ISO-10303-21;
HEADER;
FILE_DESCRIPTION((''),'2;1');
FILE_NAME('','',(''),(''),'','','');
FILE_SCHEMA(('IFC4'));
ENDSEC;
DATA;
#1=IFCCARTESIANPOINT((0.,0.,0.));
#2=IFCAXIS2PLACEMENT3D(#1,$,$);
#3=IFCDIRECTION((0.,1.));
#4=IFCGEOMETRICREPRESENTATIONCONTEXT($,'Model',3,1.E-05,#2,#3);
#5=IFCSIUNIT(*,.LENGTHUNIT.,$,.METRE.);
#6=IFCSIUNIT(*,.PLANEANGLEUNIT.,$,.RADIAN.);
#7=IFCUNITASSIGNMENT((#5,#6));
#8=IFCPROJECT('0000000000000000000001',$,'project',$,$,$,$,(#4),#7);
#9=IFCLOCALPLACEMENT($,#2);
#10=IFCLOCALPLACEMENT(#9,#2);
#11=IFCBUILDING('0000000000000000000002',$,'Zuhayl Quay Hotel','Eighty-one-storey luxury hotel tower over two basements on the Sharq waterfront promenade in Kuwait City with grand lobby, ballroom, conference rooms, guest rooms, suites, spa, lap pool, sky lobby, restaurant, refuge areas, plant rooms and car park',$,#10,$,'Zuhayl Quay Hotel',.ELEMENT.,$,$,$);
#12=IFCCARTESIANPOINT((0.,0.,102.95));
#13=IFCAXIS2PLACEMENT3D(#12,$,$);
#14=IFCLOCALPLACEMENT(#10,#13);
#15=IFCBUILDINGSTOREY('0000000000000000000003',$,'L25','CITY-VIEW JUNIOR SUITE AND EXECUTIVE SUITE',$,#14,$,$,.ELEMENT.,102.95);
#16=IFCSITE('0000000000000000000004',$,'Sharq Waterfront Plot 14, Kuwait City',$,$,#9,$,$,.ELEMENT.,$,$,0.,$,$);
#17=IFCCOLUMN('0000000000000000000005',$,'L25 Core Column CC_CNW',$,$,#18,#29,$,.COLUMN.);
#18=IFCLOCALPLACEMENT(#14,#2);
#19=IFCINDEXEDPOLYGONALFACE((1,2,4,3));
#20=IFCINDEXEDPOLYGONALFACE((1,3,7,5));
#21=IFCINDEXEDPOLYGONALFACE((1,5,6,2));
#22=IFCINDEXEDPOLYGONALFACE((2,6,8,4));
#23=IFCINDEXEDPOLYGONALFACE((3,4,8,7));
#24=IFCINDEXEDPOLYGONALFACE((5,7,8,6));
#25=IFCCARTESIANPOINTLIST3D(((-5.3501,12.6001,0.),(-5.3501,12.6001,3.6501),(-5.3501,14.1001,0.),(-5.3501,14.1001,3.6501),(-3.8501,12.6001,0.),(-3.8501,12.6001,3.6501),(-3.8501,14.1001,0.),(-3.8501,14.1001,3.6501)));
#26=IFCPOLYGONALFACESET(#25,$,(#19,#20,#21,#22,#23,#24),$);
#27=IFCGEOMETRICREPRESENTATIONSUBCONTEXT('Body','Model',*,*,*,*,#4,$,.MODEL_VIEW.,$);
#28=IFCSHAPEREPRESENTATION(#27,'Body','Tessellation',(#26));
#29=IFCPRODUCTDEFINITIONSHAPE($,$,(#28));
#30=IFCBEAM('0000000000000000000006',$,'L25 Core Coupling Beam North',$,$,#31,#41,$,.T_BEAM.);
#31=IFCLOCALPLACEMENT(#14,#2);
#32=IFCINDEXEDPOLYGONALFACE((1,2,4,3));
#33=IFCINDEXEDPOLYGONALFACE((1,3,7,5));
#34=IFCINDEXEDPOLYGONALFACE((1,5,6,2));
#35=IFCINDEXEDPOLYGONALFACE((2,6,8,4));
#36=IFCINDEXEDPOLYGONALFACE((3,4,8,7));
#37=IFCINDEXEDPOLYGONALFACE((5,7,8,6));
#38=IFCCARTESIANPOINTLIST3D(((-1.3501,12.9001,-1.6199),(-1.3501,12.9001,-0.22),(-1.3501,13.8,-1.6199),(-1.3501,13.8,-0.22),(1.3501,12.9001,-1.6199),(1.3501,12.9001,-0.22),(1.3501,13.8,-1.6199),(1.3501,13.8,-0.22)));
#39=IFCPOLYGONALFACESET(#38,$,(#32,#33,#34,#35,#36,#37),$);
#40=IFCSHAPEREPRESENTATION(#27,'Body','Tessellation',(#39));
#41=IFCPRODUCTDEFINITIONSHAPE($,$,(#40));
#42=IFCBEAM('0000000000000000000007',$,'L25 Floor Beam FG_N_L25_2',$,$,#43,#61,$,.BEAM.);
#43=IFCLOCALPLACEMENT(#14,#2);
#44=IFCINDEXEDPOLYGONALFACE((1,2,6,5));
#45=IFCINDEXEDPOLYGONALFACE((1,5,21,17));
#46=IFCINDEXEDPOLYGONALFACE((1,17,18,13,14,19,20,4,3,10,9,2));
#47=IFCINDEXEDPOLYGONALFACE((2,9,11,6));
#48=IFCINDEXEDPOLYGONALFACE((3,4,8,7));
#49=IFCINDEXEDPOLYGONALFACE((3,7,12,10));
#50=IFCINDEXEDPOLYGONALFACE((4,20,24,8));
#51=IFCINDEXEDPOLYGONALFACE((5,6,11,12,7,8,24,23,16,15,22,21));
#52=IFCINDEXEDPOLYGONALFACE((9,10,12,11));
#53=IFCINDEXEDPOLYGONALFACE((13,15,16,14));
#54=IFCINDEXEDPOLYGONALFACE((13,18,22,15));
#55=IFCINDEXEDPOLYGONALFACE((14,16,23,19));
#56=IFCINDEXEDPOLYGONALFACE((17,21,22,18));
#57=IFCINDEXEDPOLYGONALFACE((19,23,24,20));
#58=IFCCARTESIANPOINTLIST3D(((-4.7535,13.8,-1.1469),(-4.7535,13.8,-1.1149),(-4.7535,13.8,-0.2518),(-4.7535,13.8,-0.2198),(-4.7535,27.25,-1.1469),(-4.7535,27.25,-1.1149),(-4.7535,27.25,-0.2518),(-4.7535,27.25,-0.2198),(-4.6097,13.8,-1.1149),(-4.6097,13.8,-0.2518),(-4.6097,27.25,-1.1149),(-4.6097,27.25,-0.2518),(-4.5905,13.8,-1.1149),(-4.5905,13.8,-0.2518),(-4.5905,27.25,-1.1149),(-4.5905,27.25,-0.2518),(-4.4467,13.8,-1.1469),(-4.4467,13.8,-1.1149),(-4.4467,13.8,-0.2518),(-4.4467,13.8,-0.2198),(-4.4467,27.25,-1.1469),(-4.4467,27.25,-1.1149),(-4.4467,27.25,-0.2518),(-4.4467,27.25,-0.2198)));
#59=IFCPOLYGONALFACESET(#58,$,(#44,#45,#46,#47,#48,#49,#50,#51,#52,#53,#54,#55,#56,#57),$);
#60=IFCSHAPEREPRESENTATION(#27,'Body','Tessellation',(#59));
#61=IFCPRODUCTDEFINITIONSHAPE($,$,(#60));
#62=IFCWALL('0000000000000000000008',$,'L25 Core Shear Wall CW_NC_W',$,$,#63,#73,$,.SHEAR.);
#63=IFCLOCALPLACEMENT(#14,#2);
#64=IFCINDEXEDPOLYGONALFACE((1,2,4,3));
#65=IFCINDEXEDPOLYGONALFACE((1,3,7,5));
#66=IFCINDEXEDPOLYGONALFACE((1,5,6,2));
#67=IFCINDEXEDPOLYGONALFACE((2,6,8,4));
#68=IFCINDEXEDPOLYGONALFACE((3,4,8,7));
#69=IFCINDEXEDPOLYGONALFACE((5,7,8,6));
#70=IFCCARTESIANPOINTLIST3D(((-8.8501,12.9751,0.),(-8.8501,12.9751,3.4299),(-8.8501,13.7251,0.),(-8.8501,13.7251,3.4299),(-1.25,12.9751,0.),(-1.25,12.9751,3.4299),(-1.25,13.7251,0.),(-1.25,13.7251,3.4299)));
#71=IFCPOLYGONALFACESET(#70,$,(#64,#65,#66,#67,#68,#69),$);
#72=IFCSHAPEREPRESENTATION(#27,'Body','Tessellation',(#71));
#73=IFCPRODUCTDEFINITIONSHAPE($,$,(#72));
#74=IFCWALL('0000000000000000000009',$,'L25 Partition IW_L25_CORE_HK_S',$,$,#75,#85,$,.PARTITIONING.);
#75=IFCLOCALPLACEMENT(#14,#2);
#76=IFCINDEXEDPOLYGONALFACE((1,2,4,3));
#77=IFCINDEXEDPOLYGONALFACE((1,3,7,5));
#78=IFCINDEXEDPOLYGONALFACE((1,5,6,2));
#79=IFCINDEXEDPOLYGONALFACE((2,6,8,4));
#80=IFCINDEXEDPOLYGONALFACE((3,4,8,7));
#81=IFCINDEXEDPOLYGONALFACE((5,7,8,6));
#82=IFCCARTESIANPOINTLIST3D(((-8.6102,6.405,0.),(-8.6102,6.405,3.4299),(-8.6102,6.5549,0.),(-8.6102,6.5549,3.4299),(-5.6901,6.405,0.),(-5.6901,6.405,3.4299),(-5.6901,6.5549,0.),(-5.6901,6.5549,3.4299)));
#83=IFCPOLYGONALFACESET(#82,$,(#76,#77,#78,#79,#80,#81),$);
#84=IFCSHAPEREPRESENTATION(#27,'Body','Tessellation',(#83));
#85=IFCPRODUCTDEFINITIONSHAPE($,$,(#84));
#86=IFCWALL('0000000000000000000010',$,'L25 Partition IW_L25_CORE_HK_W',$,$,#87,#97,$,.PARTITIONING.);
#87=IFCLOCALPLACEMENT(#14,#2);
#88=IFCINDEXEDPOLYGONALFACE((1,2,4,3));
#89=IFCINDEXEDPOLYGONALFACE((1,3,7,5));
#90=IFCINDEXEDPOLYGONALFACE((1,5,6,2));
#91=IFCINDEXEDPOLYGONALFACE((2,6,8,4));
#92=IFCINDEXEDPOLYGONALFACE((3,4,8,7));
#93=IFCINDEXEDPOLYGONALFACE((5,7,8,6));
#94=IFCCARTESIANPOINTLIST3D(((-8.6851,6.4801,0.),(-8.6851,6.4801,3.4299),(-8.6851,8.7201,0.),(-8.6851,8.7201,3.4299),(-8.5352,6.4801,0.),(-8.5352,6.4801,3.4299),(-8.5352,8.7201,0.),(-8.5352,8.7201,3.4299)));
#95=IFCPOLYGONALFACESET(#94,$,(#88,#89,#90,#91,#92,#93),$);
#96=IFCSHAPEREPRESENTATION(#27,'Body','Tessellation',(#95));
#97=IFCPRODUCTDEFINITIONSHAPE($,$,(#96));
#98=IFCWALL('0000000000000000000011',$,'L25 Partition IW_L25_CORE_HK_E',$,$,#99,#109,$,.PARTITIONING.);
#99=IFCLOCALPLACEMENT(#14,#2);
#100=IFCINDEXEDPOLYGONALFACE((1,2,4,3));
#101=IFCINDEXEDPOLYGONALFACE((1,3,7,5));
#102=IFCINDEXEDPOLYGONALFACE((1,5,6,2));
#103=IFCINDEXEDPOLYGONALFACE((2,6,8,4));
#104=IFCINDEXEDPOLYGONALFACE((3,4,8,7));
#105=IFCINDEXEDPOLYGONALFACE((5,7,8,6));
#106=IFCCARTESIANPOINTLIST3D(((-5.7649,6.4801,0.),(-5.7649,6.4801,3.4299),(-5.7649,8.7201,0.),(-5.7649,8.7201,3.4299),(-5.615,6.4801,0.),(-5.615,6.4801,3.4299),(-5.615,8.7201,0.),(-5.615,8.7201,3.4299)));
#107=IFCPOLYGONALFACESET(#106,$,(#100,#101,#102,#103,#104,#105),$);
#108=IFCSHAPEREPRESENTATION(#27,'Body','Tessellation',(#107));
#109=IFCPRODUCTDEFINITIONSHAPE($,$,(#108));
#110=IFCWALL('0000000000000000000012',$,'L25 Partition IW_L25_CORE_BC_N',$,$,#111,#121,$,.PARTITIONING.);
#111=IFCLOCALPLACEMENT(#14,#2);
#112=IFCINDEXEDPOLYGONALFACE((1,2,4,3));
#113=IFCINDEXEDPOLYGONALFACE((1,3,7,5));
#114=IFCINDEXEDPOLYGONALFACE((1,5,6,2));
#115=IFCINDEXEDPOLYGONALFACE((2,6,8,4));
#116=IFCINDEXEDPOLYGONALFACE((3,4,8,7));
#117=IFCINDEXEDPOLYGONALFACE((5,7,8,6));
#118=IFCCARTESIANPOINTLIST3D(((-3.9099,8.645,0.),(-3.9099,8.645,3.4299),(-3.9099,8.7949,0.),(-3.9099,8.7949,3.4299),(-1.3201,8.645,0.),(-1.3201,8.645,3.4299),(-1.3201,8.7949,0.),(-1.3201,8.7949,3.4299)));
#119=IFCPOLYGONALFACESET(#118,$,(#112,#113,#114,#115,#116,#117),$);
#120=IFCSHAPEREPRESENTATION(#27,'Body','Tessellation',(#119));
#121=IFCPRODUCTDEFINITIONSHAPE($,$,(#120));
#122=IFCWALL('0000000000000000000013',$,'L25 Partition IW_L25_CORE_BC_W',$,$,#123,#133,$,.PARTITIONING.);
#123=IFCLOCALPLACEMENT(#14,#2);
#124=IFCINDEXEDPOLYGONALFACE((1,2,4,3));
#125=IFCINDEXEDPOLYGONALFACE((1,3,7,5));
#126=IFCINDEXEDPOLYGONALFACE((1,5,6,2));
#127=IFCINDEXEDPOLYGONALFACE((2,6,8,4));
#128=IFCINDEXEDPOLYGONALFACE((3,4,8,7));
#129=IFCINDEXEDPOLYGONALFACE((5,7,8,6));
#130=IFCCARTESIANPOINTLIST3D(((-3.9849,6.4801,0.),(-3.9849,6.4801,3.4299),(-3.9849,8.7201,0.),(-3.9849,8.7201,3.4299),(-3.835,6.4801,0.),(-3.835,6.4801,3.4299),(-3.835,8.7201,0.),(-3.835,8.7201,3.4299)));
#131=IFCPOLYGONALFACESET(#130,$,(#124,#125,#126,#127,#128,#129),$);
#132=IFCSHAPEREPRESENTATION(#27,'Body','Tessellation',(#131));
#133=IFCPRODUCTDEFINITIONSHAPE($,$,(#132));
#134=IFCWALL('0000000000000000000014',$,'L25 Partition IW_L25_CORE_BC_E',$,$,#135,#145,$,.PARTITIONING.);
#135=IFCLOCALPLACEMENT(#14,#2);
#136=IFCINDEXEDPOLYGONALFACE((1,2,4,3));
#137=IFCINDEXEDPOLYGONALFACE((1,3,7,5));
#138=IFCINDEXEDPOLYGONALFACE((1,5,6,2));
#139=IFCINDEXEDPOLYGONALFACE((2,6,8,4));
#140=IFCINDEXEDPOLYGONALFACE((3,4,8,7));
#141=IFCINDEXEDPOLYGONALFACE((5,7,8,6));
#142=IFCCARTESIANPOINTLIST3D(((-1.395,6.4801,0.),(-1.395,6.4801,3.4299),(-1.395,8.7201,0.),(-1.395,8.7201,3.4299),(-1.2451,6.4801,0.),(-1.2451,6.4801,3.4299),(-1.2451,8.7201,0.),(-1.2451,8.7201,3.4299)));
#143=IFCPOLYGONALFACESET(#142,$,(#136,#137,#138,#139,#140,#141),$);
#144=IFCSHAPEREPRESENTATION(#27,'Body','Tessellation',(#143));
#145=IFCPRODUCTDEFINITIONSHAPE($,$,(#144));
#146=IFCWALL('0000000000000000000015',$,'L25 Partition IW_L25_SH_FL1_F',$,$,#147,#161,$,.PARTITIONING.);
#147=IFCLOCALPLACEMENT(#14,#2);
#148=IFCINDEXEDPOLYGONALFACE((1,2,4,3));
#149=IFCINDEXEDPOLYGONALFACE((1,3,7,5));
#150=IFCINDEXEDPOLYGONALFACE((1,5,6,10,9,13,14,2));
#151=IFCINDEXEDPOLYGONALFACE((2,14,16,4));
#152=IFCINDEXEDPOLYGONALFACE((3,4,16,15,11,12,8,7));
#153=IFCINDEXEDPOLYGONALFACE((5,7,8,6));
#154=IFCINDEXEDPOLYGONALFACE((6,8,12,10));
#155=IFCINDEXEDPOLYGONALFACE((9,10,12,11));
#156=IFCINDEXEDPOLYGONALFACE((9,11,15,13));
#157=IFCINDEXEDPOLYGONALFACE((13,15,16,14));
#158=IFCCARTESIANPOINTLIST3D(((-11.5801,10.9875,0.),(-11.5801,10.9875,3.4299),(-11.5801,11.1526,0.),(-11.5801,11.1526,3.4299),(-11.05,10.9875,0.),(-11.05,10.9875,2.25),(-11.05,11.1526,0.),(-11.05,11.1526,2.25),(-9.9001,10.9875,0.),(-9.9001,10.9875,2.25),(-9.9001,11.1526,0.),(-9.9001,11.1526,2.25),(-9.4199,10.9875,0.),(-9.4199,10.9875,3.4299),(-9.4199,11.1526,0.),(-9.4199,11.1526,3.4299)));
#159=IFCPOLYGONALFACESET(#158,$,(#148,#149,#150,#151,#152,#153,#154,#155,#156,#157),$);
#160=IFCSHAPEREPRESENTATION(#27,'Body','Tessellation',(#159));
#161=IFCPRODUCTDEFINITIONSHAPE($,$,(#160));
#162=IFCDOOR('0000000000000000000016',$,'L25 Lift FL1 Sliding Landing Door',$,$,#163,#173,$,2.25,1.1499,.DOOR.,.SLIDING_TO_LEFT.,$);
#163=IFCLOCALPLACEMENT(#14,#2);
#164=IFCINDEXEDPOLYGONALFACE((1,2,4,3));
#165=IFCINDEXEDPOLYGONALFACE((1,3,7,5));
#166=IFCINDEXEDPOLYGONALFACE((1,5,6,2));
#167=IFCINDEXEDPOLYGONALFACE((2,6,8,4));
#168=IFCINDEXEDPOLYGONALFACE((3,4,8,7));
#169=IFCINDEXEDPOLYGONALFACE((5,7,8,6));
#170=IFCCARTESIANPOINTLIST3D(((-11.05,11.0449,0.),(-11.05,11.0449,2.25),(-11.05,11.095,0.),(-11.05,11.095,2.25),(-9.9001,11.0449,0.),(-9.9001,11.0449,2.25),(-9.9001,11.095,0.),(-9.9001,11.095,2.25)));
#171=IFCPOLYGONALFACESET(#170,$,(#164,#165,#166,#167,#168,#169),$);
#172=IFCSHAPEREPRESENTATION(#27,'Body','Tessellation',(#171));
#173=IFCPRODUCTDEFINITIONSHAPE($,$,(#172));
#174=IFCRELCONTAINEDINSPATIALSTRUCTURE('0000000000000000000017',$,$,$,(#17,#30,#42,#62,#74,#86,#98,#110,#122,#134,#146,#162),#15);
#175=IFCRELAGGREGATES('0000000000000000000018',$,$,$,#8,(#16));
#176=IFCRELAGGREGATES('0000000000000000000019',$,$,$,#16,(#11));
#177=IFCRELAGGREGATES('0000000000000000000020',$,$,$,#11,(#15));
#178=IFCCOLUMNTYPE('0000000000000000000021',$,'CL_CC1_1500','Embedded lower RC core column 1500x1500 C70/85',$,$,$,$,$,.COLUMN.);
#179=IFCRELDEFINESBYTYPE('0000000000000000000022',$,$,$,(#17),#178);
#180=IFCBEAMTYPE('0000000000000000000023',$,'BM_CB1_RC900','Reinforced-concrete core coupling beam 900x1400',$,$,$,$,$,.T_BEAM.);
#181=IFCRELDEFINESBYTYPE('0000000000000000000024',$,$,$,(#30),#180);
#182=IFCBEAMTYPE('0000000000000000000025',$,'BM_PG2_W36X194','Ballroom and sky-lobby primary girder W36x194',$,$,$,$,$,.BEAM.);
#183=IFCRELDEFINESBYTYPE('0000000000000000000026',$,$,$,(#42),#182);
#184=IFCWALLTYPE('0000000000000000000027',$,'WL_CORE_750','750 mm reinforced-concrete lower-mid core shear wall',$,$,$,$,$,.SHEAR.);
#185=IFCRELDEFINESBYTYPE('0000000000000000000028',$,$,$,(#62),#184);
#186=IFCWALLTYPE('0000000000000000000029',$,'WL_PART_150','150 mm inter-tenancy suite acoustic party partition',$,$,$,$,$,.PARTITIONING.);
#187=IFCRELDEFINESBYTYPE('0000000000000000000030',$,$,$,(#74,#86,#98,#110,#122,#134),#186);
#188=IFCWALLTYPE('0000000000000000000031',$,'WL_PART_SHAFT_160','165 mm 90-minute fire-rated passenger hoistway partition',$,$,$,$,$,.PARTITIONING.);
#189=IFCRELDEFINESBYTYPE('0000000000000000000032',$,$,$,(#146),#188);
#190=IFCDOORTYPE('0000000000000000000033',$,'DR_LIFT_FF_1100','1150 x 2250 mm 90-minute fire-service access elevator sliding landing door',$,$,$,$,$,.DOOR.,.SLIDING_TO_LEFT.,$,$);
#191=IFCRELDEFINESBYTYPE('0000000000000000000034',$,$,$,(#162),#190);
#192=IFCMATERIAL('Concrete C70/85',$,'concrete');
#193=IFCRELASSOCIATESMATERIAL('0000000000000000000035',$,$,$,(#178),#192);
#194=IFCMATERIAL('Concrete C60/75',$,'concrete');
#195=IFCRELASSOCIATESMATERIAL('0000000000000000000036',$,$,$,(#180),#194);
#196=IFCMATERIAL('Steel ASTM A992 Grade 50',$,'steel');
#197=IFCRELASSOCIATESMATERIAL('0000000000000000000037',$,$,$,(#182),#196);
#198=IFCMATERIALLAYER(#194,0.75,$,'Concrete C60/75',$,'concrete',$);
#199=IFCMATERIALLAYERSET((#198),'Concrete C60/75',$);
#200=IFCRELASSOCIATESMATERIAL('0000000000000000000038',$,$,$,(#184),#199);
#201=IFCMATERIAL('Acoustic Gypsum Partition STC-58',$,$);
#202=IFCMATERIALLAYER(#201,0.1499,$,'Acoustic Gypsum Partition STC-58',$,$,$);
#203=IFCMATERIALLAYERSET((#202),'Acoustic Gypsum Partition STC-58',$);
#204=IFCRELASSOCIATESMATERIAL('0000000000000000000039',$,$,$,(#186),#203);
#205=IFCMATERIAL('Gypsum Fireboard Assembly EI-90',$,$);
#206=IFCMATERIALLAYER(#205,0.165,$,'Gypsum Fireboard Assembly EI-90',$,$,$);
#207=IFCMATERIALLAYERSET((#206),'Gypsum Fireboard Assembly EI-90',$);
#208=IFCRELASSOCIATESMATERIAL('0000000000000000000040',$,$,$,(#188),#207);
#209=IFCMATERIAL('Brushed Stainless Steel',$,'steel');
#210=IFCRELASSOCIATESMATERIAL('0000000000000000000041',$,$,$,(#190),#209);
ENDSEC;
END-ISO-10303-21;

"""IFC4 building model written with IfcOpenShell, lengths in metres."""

from ifc_helpers import new_model, si_unit, direction, frame, frame_2d, origin, origin_2d, place, context, subcontext, project, spatial, rectangle, i_section, extrude, material, layer, layer_set, material_profile, profile_set, type_object, element, fill, save


model = new_model("IFC4")

# Units and contexts
model_context = context("Model", 3, precision=1e-05, world=origin(), true_north=direction((0.0, 1.0)))
body_context = subcontext(model_context, "Body", "Model", "MODEL_VIEW")
ifc_project = project(units=[si_unit("LENGTHUNIT", "METRE"), si_unit("PLANEANGLEUNIT", "RADIAN")], contexts=[model_context])

# Site, building, storey
site_placement = place(None, origin())
site = spatial("IfcSite", under=ifc_project, at=site_placement, Name="Sharq Waterfront Plot 14, Kuwait City", CompositionType="ELEMENT", RefElevation=0.0)
building_placement = place(site_placement, origin())
building = spatial("IfcBuilding", under=site, at=building_placement, Name="Zuhayl Quay Hotel", Description="Eighty-one-storey luxury hotel tower over two basements on the Sharq waterfront promenade in Kuwait City with grand lobby, ballroom, conference rooms, guest rooms, suites, spa, lap pool, sky lobby, restaurant, refuge areas, plant rooms and car park", LongName="Zuhayl Quay Hotel", CompositionType="ELEMENT")
storey_placement = place(building_placement, frame((0.0, 0.0, 102.95)))
storey = spatial("IfcBuildingStorey", under=building, at=storey_placement, Name="L25", Description="CITY-VIEW JUNIOR SUITE AND EXECUTIVE SUITE", CompositionType="ELEMENT", Elevation=102.95)

# Column
ifc_material_1 = material(Name="Concrete C70/85", Category="concrete")
ifc_material_profile_1 = material_profile(ifc_material_1, rectangle(XDim=1.5, YDim=1.5, at=origin_2d()), Name="RC1500X1500")
ifc_profile_set_1 = profile_set([ifc_material_profile_1], Name="Concrete C70/85")
column_type = type_object("IfcColumnType", Name="CL_CC1_1500", Description="Embedded lower RC core column 1500x1500 C70/85", PredefinedType="COLUMN", material=ifc_profile_set_1)
column_placement = place(storey_placement, frame((-4.6001, 13.3501, 0.0), z_axis=(0.0, 0.0, 1.0), x_axis=(1.0, 0.0, 0.0)))
element("IfcColumn", 1, at=column_placement, inside=storey, type_object=column_type, Name="L25 Core Column CC_CNW", PredefinedType="COLUMN", context=body_context, shape_type="SweptSolid", body=[
    extrude(rectangle(XDim=1.5, YDim=1.5, at=origin_2d()), origin(), (0.0, 0.0, 1.0), 3.6501),
])

# Beams
ifc_material_2 = material(Name="Concrete C60/75", Category="concrete")
ifc_material_profile_2 = material_profile(ifc_material_2, rectangle(XDim=0.8999, YDim=1.3999, at=origin_2d()), Name="RC900X1400")
ifc_profile_set_2 = profile_set([ifc_material_profile_2], Name="Concrete C60/75")
beam_type_1 = type_object("IfcBeamType", Name="BM_CB1_RC900", Description="Reinforced-concrete core coupling beam 900x1400", PredefinedType="T_BEAM", material=ifc_profile_set_2)
beam_1_placement = place(storey_placement, frame((-1.3501, 13.3501, -0.9199), z_axis=(1.0, 0.0, 0.0), x_axis=(0.0, 1.0, 0.0)))
element("IfcBeam", 2, at=beam_1_placement, inside=storey, type_object=beam_type_1, Name="L25 Core Coupling Beam North", PredefinedType="T_BEAM", context=body_context, shape_type="SweptSolid", body=[
    extrude(rectangle(XDim=0.8999, YDim=1.3999, at=origin_2d()), origin(), (0.0, 0.0, 1.0), 2.7002),
])
ifc_material_3 = material(Name="Steel ASTM A992 Grade 50", Category="steel")
ifc_material_profile_3 = material_profile(ifc_material_3, i_section(OverallWidth=0.3069, OverallDepth=0.927, WebThickness=0.0193, FlangeThickness=0.032, at=origin_2d()), Name="W36X194")
ifc_profile_set_3 = profile_set([ifc_material_profile_3], Name="Steel ASTM A992 Grade 50")
beam_type_2 = type_object("IfcBeamType", Name="BM_PG2_W36X194", Description="Ballroom and sky-lobby primary girder W36x194", PredefinedType="BEAM", material=ifc_profile_set_3)
beam_2_placement = place(storey_placement, frame((-4.6001, 13.8, -0.6833), z_axis=(0.0, 1.0, 0.0), x_axis=(-1.0, 0.0, 0.0)))
element("IfcBeam", 3, at=beam_2_placement, inside=storey, type_object=beam_type_2, Name="L25 Floor Beam FG_N_L25_2", PredefinedType="BEAM", context=body_context, shape_type="SweptSolid", body=[
    extrude(i_section(OverallWidth=0.3069, OverallDepth=0.927, WebThickness=0.0193, FlangeThickness=0.032, at=origin_2d()), origin(), (0.0, 0.0, 1.0), 13.45),
])

# Wall
ifc_layer_1 = layer(ifc_material_2, 0.75, Name="Concrete C60/75", Category="concrete")
ifc_layer_set_1 = layer_set([ifc_layer_1], Name="Concrete C60/75")
wall_type_1 = type_object("IfcWallType", Name="WL_CORE_750", Description="750 mm reinforced-concrete lower-mid core shear wall", PredefinedType="SHEAR", material=ifc_layer_set_1)
wall_1_placement = place(storey_placement, frame((-8.8501, 13.3501, 0.0), z_axis=(0.0, 0.0, 1.0), x_axis=(1.0, 0.0, 0.0)))
element("IfcWall", 4, at=wall_1_placement, inside=storey, type_object=wall_type_1, Name="L25 Core Shear Wall CW_NC_W", PredefinedType="SHEAR", context=body_context, shape_type="SweptSolid", body=[
    extrude(rectangle(XDim=7.6001, YDim=0.75, at=frame_2d((3.8, 0.0))), origin(), (0.0, 0.0, 1.0), 3.4299),
])

# Shared definitions
ifc_material_4 = material(Name="Acoustic Gypsum Partition STC-58")
ifc_layer_2 = layer(ifc_material_4, 0.1499, Name="Acoustic Gypsum Partition STC-58")
ifc_layer_set_2 = layer_set([ifc_layer_2], Name="Acoustic Gypsum Partition STC-58")
wall_type_2 = type_object("IfcWallType", Name="WL_PART_150", Description="150 mm inter-tenancy suite acoustic party partition", PredefinedType="PARTITIONING", material=ifc_layer_set_2)

# Walls
wall_2_placement = place(storey_placement, frame((-8.6101, 6.48, 0.0), z_axis=(0.0, 0.0, 1.0), x_axis=(1.0, 0.0, 0.0)))
element("IfcWall", 5, at=wall_2_placement, inside=storey, type_object=wall_type_2, Name="L25 Partition IW_L25_CORE_HK_S", PredefinedType="PARTITIONING", context=body_context, shape_type="SweptSolid", body=[
    extrude(rectangle(XDim=2.9202, YDim=0.1499, at=frame_2d((1.46, 0.0))), origin(), (0.0, 0.0, 1.0), 3.4299),
])
for number, where, z_axis, x_axis, name in (
    (6, (-8.6101, 6.48, 0.0), (0.0, 0.0, 1.0), (0.0, 1.0, 0.0), "L25 Partition IW_L25_CORE_HK_W"),
    (7, (-5.6899, 6.48, 0.0), (0.0, 0.0, 1.0), (0.0, 1.0, 0.0), "L25 Partition IW_L25_CORE_HK_E"),
):
    element("IfcWall", number, at=place(storey_placement, frame(where, z_axis=z_axis, x_axis=x_axis)), inside=storey, type_object=wall_type_2, Name=name, PredefinedType="PARTITIONING", context=body_context, shape_type="SweptSolid", body=[
        extrude(rectangle(XDim=2.24, YDim=0.1499, at=frame_2d((1.1201, 0.0))), origin(), (0.0, 0.0, 1.0), 3.4299),
    ])
wall_3_placement = place(storey_placement, frame((-3.9099, 8.72, 0.0), z_axis=(0.0, 0.0, 1.0), x_axis=(1.0, 0.0, 0.0)))
element("IfcWall", 8, at=wall_3_placement, inside=storey, type_object=wall_type_2, Name="L25 Partition IW_L25_CORE_BC_N", PredefinedType="PARTITIONING", context=body_context, shape_type="SweptSolid", body=[
    extrude(rectangle(XDim=2.5898, YDim=0.1499, at=frame_2d((1.2949, 0.0))), origin(), (0.0, 0.0, 1.0), 3.4299),
])
for number, where, z_axis, x_axis, name in (
    (9, (-3.9099, 6.48, 0.0), (0.0, 0.0, 1.0), (0.0, 1.0, 0.0), "L25 Partition IW_L25_CORE_BC_W"),
    (10, (-1.3201, 6.48, 0.0), (0.0, 0.0, 1.0), (0.0, 1.0, 0.0), "L25 Partition IW_L25_CORE_BC_E"),
):
    element("IfcWall", number, at=place(storey_placement, frame(where, z_axis=z_axis, x_axis=x_axis)), inside=storey, type_object=wall_type_2, Name=name, PredefinedType="PARTITIONING", context=body_context, shape_type="SweptSolid", body=[
        extrude(rectangle(XDim=2.24, YDim=0.1499, at=frame_2d((1.1201, 0.0))), origin(), (0.0, 0.0, 1.0), 3.4299),
    ])

# Wall, opening, door
ifc_material_5 = material(Name="Gypsum Fireboard Assembly EI-90")
ifc_layer_3 = layer(ifc_material_5, 0.165, Name="Gypsum Fireboard Assembly EI-90")
ifc_layer_set_3 = layer_set([ifc_layer_3], Name="Gypsum Fireboard Assembly EI-90")
wall_type_3 = type_object("IfcWallType", Name="WL_PART_SHAFT_160", Description="165 mm 90-minute fire-rated passenger hoistway partition", PredefinedType="PARTITIONING", material=ifc_layer_set_3)
wall_4_placement = place(storey_placement, frame((-11.5801, 11.0701, 0.0), z_axis=(0.0, 0.0, 1.0), x_axis=(1.0, 0.0, 0.0)))
wall_4 = element("IfcWall", 11, at=wall_4_placement, inside=storey, type_object=wall_type_3, Name="L25 Partition IW_L25_SH_FL1_F", PredefinedType="PARTITIONING", context=body_context, shape_type="SweptSolid", body=[
    extrude(rectangle(XDim=2.1602, YDim=0.165, at=frame_2d((1.0801, 0.0))), origin(), (0.0, 0.0, 1.0), 3.4299),
])
opening_1_placement = place(wall_4_placement, frame((0.53, 0.0, 0.0)))
opening_1 = element("IfcOpeningElement", 12, at=opening_1_placement, cuts=wall_4, PredefinedType="OPENING", context=body_context, shape_type="SweptSolid", body=[
    extrude(rectangle(XDim=1.1499, YDim=2.25, at=frame_2d((0.575, 1.125))), frame((0.0, 0.0925, 0.0), z_axis=(0.0, -1.0, 0.0), x_axis=(1.0, 0.0, 0.0)), (0.0, 0.0, 1.0), 0.1851),
])
ifc_material_6 = material(Name="Brushed Stainless Steel", Category="steel")
door_type_1 = type_object("IfcDoorType", Name="DR_LIFT_FF_1100", Description="1150 x 2250 mm 90-minute fire-service access elevator sliding landing door", OperationType="SLIDING_TO_LEFT", PredefinedType="DOOR", material=ifc_material_6)
door_1_placement = place(opening_1_placement, origin())
door_1 = element("IfcDoor", 13, at=door_1_placement, inside=storey, type_object=door_type_1, Name="L25 Lift FL1 Sliding Landing Door", OperationType="SLIDING_TO_LEFT", OverallHeight=2.25, OverallWidth=1.1499, PredefinedType="DOOR", context=body_context, shape_type="SweptSolid", body=[
    extrude(rectangle(XDim=1.1499, YDim=2.25, at=frame_2d((0.575, 1.125))), frame((0.0, 0.0249, 0.0), z_axis=(0.0, -1.0, 0.0), x_axis=(1.0, 0.0, 0.0)), (0.0, 0.0, 1.0), 0.05),
])
fill(opening_1, door_1)

save(model, "model.ifc")
